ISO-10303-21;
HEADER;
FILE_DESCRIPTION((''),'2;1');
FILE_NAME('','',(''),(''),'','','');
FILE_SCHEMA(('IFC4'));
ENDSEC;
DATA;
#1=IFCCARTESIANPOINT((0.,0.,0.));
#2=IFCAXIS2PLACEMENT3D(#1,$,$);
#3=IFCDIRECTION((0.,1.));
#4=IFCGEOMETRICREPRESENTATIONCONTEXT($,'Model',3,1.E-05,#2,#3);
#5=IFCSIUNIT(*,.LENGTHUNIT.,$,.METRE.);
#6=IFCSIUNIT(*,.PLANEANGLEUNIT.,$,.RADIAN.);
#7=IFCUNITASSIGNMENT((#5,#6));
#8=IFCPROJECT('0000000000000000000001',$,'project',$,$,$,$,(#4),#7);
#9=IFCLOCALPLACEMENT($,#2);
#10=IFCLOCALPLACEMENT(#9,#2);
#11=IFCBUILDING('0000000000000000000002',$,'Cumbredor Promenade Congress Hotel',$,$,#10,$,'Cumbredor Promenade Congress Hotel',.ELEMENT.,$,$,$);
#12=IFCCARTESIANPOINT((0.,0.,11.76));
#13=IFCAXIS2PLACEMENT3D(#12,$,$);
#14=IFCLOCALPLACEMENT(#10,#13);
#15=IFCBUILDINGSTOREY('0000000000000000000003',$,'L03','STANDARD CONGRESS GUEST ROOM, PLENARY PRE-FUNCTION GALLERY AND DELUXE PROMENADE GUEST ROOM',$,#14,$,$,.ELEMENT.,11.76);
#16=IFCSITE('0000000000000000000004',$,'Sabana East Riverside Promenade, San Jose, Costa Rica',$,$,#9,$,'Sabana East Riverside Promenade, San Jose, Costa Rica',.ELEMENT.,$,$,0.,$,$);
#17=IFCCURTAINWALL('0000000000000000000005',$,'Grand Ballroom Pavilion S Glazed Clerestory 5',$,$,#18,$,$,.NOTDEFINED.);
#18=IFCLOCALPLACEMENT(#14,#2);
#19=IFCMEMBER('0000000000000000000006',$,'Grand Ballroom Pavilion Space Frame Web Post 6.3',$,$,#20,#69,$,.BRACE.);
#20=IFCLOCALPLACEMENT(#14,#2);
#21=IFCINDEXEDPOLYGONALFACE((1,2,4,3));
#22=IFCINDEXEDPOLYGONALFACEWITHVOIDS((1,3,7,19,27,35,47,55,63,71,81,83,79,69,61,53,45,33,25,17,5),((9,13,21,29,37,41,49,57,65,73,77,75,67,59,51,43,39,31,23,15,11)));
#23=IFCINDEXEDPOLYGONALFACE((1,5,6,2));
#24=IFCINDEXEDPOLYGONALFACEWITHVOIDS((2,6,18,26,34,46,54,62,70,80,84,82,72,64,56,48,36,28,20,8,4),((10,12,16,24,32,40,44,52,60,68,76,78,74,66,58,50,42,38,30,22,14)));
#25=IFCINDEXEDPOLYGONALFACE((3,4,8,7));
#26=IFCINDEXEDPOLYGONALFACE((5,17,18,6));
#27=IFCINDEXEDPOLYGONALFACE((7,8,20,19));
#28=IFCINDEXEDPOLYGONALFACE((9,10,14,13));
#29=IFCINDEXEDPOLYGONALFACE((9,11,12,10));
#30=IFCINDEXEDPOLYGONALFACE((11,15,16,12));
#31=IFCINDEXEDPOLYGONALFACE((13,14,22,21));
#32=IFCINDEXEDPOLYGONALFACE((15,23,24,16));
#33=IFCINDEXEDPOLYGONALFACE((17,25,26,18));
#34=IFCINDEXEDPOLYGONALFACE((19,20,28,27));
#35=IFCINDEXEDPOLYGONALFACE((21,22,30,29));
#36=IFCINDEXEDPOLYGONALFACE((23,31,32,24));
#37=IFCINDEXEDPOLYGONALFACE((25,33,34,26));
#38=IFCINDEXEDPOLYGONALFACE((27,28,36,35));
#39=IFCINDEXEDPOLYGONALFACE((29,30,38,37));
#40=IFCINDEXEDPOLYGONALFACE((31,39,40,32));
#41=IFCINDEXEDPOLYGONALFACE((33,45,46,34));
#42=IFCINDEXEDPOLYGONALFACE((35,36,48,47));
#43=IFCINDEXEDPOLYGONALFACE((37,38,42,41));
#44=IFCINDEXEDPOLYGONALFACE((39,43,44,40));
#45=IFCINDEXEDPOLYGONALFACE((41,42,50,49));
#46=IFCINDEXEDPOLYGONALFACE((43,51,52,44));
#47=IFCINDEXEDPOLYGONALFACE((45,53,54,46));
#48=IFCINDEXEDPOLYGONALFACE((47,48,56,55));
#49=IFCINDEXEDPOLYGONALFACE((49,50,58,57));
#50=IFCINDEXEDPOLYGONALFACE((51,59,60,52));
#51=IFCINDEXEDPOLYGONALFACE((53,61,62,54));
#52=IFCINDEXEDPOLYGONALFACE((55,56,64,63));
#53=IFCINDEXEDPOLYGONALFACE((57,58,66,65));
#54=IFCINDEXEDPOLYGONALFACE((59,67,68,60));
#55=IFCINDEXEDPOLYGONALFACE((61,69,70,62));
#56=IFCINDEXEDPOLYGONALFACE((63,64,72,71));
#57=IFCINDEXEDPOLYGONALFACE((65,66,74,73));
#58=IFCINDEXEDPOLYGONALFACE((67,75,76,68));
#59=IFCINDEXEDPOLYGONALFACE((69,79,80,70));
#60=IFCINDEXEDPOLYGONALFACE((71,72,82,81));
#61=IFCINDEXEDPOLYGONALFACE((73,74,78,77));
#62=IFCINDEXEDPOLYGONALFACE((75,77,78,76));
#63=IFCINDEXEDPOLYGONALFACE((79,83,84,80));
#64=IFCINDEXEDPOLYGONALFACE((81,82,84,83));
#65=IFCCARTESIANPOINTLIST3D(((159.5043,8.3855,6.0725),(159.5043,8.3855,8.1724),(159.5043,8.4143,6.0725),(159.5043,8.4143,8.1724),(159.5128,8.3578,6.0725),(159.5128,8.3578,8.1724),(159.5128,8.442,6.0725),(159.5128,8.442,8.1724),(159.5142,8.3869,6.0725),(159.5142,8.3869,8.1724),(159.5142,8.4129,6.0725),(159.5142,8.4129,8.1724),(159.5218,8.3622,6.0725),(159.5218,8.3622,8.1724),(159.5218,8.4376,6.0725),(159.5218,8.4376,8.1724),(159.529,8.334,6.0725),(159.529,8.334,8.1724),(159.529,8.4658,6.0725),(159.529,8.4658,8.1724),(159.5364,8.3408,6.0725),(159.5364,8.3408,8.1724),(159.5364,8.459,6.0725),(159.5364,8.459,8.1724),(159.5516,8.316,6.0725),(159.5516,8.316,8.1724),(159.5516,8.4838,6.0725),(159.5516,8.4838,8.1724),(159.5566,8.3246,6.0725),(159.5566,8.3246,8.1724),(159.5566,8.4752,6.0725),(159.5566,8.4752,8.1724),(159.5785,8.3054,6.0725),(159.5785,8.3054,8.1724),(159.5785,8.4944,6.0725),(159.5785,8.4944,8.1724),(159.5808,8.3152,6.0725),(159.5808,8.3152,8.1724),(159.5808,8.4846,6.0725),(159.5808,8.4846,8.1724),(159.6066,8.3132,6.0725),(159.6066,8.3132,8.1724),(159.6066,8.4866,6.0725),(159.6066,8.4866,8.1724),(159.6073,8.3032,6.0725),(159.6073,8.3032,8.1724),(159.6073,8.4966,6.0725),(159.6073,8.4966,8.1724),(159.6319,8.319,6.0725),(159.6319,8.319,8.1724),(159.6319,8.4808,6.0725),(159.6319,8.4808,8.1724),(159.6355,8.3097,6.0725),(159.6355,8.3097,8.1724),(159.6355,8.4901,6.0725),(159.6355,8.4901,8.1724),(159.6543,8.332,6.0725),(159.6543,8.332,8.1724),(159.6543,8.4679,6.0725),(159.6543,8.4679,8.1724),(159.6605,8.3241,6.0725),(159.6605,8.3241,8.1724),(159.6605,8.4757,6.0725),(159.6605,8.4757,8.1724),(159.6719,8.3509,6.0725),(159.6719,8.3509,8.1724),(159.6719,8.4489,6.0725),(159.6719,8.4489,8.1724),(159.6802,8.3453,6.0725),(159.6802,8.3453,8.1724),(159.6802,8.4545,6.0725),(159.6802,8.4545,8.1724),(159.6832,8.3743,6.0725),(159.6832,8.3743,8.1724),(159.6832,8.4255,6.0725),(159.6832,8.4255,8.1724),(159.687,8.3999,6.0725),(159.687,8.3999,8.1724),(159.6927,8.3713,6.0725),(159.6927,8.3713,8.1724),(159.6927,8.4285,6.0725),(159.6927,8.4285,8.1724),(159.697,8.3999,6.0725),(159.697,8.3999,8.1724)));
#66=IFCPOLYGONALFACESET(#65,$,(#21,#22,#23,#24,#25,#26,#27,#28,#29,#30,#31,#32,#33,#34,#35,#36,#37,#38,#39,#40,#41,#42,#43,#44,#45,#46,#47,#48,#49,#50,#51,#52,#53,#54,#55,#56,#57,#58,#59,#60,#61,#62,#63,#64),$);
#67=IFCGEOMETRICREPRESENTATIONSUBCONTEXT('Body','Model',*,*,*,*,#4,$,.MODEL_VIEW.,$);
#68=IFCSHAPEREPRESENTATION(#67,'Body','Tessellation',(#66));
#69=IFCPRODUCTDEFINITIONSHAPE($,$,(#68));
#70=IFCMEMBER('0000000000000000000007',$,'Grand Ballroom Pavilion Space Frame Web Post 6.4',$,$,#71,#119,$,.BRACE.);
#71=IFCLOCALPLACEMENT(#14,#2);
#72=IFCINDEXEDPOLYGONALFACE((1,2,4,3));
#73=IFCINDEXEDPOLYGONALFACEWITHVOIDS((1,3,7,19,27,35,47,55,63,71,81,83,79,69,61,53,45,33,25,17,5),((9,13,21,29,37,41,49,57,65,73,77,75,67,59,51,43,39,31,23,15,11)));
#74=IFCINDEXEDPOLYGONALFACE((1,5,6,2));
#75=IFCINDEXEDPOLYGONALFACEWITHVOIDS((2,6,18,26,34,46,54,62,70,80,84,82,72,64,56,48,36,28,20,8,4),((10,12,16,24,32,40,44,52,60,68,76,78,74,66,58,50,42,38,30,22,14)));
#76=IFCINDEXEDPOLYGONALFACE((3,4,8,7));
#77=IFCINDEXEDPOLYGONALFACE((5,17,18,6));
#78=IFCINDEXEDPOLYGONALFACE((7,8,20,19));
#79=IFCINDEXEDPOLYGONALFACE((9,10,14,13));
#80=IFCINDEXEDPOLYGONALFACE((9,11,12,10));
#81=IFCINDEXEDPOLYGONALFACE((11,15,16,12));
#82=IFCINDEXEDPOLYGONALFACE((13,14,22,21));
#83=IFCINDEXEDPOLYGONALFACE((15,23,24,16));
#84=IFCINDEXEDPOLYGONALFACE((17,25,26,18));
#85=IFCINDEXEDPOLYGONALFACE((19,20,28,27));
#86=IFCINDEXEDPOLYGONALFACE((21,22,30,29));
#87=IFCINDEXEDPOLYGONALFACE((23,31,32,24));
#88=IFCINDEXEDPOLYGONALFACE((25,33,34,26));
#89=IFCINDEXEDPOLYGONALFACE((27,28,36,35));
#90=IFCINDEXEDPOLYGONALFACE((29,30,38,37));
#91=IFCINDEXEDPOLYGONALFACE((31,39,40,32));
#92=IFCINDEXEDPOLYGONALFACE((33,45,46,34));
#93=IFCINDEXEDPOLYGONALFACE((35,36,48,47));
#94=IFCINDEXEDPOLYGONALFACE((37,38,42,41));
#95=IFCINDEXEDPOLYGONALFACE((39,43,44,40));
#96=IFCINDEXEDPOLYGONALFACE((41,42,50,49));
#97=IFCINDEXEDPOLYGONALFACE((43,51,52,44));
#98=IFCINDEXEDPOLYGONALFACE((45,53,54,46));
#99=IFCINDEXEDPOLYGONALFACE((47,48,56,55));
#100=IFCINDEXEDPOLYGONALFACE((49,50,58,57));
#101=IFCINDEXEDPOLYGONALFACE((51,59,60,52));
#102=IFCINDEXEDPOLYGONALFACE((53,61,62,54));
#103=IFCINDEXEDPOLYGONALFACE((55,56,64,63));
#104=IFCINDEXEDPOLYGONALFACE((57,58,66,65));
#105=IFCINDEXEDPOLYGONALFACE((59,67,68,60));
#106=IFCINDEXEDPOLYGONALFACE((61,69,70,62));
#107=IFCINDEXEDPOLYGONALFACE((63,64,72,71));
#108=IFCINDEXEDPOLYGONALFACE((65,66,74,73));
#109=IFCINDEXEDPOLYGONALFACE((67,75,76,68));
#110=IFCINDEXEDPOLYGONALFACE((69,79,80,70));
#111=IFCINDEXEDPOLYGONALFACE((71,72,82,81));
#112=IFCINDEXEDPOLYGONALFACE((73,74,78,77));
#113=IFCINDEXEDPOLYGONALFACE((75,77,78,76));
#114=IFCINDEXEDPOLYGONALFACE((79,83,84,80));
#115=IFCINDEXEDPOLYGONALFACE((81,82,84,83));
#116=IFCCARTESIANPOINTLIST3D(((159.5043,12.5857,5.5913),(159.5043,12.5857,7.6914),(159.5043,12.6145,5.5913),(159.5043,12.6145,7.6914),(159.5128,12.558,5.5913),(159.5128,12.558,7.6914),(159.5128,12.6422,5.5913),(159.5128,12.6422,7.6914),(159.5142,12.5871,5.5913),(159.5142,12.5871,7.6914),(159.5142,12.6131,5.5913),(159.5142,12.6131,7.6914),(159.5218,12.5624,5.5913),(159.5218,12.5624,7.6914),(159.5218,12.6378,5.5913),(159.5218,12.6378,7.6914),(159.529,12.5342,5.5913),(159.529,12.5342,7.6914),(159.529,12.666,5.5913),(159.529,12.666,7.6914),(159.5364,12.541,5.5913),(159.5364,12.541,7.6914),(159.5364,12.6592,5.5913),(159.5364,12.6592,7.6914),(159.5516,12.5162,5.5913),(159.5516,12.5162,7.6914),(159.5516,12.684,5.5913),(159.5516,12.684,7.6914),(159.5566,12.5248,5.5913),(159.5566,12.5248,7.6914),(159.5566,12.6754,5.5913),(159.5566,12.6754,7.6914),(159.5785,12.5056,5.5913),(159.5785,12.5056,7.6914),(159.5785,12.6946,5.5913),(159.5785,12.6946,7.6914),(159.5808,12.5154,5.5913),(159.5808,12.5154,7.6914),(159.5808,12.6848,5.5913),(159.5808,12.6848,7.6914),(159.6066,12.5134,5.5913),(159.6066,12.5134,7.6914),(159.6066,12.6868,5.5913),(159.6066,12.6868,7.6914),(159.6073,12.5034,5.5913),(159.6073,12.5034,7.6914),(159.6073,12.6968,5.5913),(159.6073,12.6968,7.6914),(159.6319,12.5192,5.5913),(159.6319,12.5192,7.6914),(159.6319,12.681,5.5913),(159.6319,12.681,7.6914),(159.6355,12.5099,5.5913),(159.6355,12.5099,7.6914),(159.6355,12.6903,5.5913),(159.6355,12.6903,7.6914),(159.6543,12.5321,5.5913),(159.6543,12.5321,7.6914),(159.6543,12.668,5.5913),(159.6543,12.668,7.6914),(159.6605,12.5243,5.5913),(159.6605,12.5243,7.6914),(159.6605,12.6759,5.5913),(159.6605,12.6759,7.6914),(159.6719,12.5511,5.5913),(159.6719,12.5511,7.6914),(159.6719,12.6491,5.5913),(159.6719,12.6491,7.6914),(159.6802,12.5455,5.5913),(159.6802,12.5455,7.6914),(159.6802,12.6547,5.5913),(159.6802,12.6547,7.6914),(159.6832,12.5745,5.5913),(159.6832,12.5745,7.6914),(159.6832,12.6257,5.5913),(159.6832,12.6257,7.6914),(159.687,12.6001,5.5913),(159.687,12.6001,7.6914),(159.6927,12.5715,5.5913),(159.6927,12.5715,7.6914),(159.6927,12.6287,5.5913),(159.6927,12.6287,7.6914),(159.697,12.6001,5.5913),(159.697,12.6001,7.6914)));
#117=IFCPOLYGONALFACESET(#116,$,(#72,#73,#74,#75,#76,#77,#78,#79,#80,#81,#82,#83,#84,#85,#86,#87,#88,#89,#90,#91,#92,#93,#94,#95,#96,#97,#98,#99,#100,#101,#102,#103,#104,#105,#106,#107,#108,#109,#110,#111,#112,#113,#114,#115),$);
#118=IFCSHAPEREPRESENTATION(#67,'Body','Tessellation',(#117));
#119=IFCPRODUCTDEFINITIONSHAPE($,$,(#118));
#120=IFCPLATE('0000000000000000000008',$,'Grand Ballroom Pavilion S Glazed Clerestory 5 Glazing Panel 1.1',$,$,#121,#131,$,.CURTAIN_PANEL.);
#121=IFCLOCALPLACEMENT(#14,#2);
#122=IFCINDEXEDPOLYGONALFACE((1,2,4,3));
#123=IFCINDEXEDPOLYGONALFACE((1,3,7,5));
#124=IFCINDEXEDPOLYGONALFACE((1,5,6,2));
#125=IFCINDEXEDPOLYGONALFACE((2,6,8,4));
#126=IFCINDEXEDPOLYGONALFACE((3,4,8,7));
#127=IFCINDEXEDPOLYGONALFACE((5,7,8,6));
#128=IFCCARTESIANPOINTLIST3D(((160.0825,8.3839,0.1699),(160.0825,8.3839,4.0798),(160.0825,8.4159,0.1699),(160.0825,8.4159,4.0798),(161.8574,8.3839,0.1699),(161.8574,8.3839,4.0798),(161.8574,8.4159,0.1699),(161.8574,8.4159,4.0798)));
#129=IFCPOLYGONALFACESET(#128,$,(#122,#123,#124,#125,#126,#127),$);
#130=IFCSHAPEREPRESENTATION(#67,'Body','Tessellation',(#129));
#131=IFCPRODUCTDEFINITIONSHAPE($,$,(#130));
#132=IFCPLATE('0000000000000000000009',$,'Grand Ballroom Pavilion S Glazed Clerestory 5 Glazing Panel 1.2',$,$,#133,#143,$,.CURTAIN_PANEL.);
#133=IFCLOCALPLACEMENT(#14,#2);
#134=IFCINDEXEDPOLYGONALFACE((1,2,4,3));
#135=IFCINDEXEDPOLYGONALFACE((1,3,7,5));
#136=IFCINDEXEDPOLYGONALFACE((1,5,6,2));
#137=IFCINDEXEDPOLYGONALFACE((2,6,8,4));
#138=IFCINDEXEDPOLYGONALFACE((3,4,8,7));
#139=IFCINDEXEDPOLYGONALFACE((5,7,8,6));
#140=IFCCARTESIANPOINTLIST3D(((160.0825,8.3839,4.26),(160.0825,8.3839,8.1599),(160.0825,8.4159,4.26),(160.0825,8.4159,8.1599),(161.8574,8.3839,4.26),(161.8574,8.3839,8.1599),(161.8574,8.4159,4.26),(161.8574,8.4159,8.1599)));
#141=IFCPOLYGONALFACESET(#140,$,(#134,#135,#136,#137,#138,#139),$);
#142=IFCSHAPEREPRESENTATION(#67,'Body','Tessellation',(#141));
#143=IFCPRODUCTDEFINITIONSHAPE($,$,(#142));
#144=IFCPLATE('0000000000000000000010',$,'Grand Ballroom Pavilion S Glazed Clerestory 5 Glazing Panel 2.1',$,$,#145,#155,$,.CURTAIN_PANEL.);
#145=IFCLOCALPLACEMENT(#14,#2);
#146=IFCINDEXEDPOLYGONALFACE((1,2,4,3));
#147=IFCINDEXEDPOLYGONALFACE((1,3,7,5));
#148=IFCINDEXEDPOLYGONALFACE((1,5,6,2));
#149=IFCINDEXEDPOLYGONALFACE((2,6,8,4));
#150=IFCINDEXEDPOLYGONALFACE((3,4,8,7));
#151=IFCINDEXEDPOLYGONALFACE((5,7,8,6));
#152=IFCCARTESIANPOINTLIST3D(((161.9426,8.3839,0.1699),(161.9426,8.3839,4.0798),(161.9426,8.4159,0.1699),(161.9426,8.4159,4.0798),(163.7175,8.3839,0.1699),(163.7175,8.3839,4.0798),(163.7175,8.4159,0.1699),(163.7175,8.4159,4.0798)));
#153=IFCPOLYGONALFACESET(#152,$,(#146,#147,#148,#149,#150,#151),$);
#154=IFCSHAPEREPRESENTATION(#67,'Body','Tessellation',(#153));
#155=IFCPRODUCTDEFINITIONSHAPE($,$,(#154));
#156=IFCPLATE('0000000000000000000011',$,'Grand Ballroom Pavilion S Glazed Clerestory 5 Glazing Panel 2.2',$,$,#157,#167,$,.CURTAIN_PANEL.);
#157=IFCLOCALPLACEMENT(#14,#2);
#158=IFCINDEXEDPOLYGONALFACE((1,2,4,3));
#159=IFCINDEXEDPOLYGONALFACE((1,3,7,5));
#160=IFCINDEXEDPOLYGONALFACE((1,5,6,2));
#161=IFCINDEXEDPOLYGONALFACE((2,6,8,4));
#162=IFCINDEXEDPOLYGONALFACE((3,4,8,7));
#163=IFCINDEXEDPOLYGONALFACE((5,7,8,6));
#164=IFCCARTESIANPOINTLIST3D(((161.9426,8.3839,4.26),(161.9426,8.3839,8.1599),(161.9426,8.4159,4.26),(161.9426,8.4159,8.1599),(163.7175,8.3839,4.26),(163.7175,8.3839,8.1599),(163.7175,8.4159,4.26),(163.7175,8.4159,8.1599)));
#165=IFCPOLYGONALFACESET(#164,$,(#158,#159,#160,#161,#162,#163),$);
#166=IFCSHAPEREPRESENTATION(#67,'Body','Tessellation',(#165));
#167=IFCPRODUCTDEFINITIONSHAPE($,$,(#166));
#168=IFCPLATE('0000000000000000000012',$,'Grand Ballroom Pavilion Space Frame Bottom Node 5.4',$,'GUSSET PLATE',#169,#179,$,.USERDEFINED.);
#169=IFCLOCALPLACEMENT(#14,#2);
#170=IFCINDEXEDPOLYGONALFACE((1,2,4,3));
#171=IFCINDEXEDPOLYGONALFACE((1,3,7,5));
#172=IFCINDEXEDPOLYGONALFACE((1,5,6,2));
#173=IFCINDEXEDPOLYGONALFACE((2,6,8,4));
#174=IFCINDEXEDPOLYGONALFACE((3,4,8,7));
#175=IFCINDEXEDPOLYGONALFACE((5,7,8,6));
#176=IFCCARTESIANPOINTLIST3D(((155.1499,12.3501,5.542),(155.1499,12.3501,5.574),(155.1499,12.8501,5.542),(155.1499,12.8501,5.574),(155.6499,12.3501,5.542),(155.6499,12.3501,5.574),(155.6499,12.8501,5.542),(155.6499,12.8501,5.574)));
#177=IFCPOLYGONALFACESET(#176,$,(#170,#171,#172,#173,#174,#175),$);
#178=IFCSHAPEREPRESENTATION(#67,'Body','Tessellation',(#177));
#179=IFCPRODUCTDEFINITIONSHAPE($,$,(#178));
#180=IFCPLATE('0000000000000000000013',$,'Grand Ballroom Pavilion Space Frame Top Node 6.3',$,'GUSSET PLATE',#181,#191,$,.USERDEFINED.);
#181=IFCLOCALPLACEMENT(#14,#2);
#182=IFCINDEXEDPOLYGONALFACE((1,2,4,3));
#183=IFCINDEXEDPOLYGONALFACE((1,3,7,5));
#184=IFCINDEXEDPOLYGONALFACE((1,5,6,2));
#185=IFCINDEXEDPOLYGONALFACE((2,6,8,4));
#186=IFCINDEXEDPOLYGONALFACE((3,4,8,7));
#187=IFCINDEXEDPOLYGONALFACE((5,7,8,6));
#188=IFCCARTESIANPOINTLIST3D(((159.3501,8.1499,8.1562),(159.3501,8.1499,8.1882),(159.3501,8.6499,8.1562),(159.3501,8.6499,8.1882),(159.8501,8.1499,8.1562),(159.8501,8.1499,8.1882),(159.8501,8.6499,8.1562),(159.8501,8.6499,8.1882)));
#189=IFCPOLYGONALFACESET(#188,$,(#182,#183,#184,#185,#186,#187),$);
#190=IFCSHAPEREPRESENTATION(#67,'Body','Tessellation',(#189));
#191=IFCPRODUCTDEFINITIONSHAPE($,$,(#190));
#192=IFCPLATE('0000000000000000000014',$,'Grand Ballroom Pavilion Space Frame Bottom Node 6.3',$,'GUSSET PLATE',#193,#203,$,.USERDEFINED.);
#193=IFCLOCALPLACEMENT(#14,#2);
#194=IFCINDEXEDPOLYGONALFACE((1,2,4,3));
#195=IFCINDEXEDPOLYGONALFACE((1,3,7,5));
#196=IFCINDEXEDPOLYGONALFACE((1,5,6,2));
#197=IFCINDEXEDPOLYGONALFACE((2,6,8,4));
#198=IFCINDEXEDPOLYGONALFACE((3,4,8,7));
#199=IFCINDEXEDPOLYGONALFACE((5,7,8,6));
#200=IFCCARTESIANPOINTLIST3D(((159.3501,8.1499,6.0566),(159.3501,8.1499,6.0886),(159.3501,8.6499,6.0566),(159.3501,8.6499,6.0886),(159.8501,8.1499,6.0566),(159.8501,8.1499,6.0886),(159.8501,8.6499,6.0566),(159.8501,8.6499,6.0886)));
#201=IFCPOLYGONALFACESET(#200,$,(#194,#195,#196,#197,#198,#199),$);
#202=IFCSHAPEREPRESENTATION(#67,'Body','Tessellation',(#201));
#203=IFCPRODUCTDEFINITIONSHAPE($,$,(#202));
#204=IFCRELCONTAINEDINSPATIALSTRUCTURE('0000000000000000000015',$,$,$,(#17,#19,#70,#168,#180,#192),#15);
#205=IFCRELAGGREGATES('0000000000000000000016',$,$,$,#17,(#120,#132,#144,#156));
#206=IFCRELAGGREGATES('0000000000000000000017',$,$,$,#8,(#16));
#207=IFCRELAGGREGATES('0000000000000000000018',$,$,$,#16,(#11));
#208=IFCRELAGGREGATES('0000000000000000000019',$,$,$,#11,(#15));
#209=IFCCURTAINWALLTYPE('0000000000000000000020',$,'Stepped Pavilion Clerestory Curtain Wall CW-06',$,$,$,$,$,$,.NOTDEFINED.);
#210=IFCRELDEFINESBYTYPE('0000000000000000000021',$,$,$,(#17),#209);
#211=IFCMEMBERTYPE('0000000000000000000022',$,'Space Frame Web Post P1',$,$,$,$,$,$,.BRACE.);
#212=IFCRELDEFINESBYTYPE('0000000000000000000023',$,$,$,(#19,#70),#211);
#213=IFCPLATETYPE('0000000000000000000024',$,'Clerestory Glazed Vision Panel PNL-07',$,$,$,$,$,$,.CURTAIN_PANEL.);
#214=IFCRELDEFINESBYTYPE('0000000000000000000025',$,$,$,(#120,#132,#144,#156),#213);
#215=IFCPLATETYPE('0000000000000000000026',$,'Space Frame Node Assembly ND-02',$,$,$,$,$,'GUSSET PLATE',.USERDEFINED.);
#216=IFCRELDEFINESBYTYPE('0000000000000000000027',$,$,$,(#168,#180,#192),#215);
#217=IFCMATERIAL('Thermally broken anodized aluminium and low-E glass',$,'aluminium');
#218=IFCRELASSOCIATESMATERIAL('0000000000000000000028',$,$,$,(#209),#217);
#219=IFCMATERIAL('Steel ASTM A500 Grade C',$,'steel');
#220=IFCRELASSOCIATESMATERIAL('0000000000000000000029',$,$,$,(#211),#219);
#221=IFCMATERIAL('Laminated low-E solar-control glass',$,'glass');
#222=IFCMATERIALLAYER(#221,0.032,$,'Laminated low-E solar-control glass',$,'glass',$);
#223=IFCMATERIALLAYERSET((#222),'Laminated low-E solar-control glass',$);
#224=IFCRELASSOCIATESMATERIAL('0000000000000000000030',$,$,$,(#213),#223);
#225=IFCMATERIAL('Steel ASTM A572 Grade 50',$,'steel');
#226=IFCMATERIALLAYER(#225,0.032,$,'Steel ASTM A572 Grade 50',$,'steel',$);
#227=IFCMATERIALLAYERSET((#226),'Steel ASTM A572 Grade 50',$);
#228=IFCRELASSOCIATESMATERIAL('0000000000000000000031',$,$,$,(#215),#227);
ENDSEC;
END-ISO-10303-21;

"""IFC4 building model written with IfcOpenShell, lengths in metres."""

from ifc_helpers import new_model, si_unit, direction, frame, origin, origin_2d, place, context, subcontext, project, spatial, rectangle, hollow_circle, extrude, material, layer, layer_set, material_profile, profile_set, type_object, element, aggregate, save


model = new_model("IFC4")

# Units and contexts
model_context = context("Model", 3, precision=1e-05, world=origin(), true_north=direction((0.0, 1.0)))
body_context = subcontext(model_context, "Body", "Model", "MODEL_VIEW")
ifc_project = project(units=[si_unit("LENGTHUNIT", "METRE"), si_unit("PLANEANGLEUNIT", "RADIAN")], contexts=[model_context])

# Site, building, storey
site_placement = place(None, origin())
site = spatial("IfcSite", under=ifc_project, at=site_placement, Name="Sabana East Riverside Promenade, San Jose, Costa Rica", LongName="Sabana East Riverside Promenade, San Jose, Costa Rica", CompositionType="ELEMENT", RefElevation=0.0)
building_placement = place(site_placement, origin())
building = spatial("IfcBuilding", under=site, at=building_placement, Name="Cumbredor Promenade Congress Hotel", LongName="Cumbredor Promenade Congress Hotel", CompositionType="ELEMENT")
storey_placement = place(building_placement, frame((0.0, 0.0, 11.76)))
storey = spatial("IfcBuildingStorey", under=building, at=storey_placement, Name="L03", Description="STANDARD CONGRESS GUEST ROOM, PLENARY PRE-FUNCTION GALLERY AND DELUXE PROMENADE GUEST ROOM", CompositionType="ELEMENT", Elevation=11.76)

# Shared definitions
ifc_material_1 = material(Name="Steel ASTM A500 Grade C", Category="steel")

# Shared definitions
ifc_material_2 = material(Name="Thermally broken anodized aluminium and low-E glass", Category="aluminium")
curtain_wall_type = type_object("IfcCurtainWallType", Name="Stepped Pavilion Clerestory Curtain Wall CW-06", PredefinedType="NOTDEFINED", material=ifc_material_2)

# Curtain wall
curtain_wall_1_placement = place(storey_placement, origin())
curtain_wall_1 = element("IfcCurtainWall", 1, at=curtain_wall_1_placement, inside=storey, type_object=curtain_wall_type, Name="Grand Ballroom Pavilion S Glazed Clerestory 5", PredefinedType="NOTDEFINED")

# Members
ifc_material_profile_1 = material_profile(ifc_material_1, hollow_circle(Radius=0.0969, WallThickness=0.01, at=origin_2d()), Name="CHS 193.7x10")
ifc_profile_set_1 = profile_set([ifc_material_profile_1], Name="Steel ASTM A500 Grade C")
member_type_1 = type_object("IfcMemberType", Name="Space Frame Web Post P1", PredefinedType="BRACE", material=ifc_profile_set_1)
for number, where, z_axis, x_axis, name in (
    (2, (159.6001, 8.3999, 6.0725), (0.0, 0.0, 1.0), (1.0, 0.0, 0.0), "Grand Ballroom Pavilion Space Frame Web Post 6.3"),
):
    element("IfcMember", number, at=place(storey_placement, frame(where, z_axis=z_axis, x_axis=x_axis)), inside=storey, type_object=member_type_1, Name=name, PredefinedType="BRACE", context=body_context, shape_type="SweptSolid", body=[
        extrude(hollow_circle(Radius=0.0969, WallThickness=0.01, at=origin_2d()), origin(), (0.0, 0.0, 1.0), 2.0999),
    ])
member_1_placement = place(storey_placement, frame((159.6001, 12.6001, 5.5913), z_axis=(0.0, 0.0, 1.0), x_axis=(1.0, 0.0, 0.0)))
element("IfcMember", 3, at=member_1_placement, inside=storey, type_object=member_type_1, Name="Grand Ballroom Pavilion Space Frame Web Post 6.4", PredefinedType="BRACE", context=body_context, shape_type="SweptSolid", body=[
    extrude(hollow_circle(Radius=0.0969, WallThickness=0.01, at=origin_2d()), origin(), (0.0, 0.0, 1.0), 2.1001),
])

# Plates
ifc_material_3 = material(Name="Laminated low-E solar-control glass", Category="glass")
ifc_layer_1 = layer(ifc_material_3, 0.032, Name="Laminated low-E solar-control glass", Category="glass")
ifc_layer_set_1 = layer_set([ifc_layer_1], Name="Laminated low-E solar-control glass")
plate_type_1 = type_object("IfcPlateType", Name="Clerestory Glazed Vision Panel PNL-07", PredefinedType="CURTAIN_PANEL", material=ifc_layer_set_1)
plate_1_placement = place(storey_placement, frame((160.97, 8.3999, 0.1699), z_axis=(0.0, 0.0, 1.0), x_axis=(1.0, 0.0, 0.0)))
plate_1 = element("IfcPlate", 4, at=plate_1_placement, type_object=plate_type_1, Name="Grand Ballroom Pavilion S Glazed Clerestory 5 Glazing Panel 1.1", PredefinedType="CURTAIN_PANEL", context=body_context, shape_type="SweptSolid", body=[
    extrude(rectangle(XDim=1.7749, YDim=0.032, at=origin_2d()), origin(), (0.0, 0.0, 1.0), 3.9099),
])
plate_2_placement = place(storey_placement, frame((160.97, 8.3999, 4.26), z_axis=(0.0, 0.0, 1.0), x_axis=(1.0, 0.0, 0.0)))
plate_2 = element("IfcPlate", 5, at=plate_2_placement, type_object=plate_type_1, Name="Grand Ballroom Pavilion S Glazed Clerestory 5 Glazing Panel 1.2", PredefinedType="CURTAIN_PANEL", context=body_context, shape_type="SweptSolid", body=[
    extrude(rectangle(XDim=1.7749, YDim=0.032, at=origin_2d()), origin(), (0.0, 0.0, 1.0), 3.8999),
])
plate_3_placement = place(storey_placement, frame((162.8301, 8.3999, 0.1699), z_axis=(0.0, 0.0, 1.0), x_axis=(1.0, 0.0, 0.0)))
plate_3 = element("IfcPlate", 6, at=plate_3_placement, type_object=plate_type_1, Name="Grand Ballroom Pavilion S Glazed Clerestory 5 Glazing Panel 2.1", PredefinedType="CURTAIN_PANEL", context=body_context, shape_type="SweptSolid", body=[
    extrude(rectangle(XDim=1.7749, YDim=0.032, at=origin_2d()), origin(), (0.0, 0.0, 1.0), 3.9099),
])
plate_4_placement = place(storey_placement, frame((162.8301, 8.3999, 4.26), z_axis=(0.0, 0.0, 1.0), x_axis=(1.0, 0.0, 0.0)))
plate_4 = element("IfcPlate", 7, at=plate_4_placement, type_object=plate_type_1, Name="Grand Ballroom Pavilion S Glazed Clerestory 5 Glazing Panel 2.2", PredefinedType="CURTAIN_PANEL", context=body_context, shape_type="SweptSolid", body=[
    extrude(rectangle(XDim=1.7749, YDim=0.032, at=origin_2d()), origin(), (0.0, 0.0, 1.0), 3.8999),
])
aggregate(curtain_wall_1, [plate_1, plate_2, plate_3, plate_4])

# Plates
ifc_material_4 = material(Name="Steel ASTM A572 Grade 50", Category="steel")
ifc_layer_2 = layer(ifc_material_4, 0.032, Name="Steel ASTM A572 Grade 50", Category="steel")
ifc_layer_set_2 = layer_set([ifc_layer_2], Name="Steel ASTM A572 Grade 50")
plate_type_2 = type_object("IfcPlateType", Name="Space Frame Node Assembly ND-02", ElementType="GUSSET PLATE", PredefinedType="USERDEFINED", material=ifc_layer_set_2)
for number, where, z_axis, x_axis, name in (
    (8, (155.3999, 12.6001, 5.542), (0.0, 0.0, 1.0), (1.0, 0.0, 0.0), "Grand Ballroom Pavilion Space Frame Bottom Node 5.4"),
    (9, (159.6001, 8.3999, 8.1562), (0.0, 0.0, 1.0), (1.0, 0.0, 0.0), "Grand Ballroom Pavilion Space Frame Top Node 6.3"),
    (10, (159.6001, 8.3999, 6.0566), (0.0, 0.0, 1.0), (1.0, 0.0, 0.0), "Grand Ballroom Pavilion Space Frame Bottom Node 6.3"),
):
    element("IfcPlate", number, at=place(storey_placement, frame(where, z_axis=z_axis, x_axis=x_axis)), inside=storey, type_object=plate_type_2, Name=name, ObjectType="GUSSET PLATE", PredefinedType="USERDEFINED", context=body_context, shape_type="SweptSolid", body=[
        extrude(rectangle(XDim=0.5, YDim=0.5, at=origin_2d()), origin(), (0.0, 0.0, 1.0), 0.032),
    ])

save(model, "model.ifc")
